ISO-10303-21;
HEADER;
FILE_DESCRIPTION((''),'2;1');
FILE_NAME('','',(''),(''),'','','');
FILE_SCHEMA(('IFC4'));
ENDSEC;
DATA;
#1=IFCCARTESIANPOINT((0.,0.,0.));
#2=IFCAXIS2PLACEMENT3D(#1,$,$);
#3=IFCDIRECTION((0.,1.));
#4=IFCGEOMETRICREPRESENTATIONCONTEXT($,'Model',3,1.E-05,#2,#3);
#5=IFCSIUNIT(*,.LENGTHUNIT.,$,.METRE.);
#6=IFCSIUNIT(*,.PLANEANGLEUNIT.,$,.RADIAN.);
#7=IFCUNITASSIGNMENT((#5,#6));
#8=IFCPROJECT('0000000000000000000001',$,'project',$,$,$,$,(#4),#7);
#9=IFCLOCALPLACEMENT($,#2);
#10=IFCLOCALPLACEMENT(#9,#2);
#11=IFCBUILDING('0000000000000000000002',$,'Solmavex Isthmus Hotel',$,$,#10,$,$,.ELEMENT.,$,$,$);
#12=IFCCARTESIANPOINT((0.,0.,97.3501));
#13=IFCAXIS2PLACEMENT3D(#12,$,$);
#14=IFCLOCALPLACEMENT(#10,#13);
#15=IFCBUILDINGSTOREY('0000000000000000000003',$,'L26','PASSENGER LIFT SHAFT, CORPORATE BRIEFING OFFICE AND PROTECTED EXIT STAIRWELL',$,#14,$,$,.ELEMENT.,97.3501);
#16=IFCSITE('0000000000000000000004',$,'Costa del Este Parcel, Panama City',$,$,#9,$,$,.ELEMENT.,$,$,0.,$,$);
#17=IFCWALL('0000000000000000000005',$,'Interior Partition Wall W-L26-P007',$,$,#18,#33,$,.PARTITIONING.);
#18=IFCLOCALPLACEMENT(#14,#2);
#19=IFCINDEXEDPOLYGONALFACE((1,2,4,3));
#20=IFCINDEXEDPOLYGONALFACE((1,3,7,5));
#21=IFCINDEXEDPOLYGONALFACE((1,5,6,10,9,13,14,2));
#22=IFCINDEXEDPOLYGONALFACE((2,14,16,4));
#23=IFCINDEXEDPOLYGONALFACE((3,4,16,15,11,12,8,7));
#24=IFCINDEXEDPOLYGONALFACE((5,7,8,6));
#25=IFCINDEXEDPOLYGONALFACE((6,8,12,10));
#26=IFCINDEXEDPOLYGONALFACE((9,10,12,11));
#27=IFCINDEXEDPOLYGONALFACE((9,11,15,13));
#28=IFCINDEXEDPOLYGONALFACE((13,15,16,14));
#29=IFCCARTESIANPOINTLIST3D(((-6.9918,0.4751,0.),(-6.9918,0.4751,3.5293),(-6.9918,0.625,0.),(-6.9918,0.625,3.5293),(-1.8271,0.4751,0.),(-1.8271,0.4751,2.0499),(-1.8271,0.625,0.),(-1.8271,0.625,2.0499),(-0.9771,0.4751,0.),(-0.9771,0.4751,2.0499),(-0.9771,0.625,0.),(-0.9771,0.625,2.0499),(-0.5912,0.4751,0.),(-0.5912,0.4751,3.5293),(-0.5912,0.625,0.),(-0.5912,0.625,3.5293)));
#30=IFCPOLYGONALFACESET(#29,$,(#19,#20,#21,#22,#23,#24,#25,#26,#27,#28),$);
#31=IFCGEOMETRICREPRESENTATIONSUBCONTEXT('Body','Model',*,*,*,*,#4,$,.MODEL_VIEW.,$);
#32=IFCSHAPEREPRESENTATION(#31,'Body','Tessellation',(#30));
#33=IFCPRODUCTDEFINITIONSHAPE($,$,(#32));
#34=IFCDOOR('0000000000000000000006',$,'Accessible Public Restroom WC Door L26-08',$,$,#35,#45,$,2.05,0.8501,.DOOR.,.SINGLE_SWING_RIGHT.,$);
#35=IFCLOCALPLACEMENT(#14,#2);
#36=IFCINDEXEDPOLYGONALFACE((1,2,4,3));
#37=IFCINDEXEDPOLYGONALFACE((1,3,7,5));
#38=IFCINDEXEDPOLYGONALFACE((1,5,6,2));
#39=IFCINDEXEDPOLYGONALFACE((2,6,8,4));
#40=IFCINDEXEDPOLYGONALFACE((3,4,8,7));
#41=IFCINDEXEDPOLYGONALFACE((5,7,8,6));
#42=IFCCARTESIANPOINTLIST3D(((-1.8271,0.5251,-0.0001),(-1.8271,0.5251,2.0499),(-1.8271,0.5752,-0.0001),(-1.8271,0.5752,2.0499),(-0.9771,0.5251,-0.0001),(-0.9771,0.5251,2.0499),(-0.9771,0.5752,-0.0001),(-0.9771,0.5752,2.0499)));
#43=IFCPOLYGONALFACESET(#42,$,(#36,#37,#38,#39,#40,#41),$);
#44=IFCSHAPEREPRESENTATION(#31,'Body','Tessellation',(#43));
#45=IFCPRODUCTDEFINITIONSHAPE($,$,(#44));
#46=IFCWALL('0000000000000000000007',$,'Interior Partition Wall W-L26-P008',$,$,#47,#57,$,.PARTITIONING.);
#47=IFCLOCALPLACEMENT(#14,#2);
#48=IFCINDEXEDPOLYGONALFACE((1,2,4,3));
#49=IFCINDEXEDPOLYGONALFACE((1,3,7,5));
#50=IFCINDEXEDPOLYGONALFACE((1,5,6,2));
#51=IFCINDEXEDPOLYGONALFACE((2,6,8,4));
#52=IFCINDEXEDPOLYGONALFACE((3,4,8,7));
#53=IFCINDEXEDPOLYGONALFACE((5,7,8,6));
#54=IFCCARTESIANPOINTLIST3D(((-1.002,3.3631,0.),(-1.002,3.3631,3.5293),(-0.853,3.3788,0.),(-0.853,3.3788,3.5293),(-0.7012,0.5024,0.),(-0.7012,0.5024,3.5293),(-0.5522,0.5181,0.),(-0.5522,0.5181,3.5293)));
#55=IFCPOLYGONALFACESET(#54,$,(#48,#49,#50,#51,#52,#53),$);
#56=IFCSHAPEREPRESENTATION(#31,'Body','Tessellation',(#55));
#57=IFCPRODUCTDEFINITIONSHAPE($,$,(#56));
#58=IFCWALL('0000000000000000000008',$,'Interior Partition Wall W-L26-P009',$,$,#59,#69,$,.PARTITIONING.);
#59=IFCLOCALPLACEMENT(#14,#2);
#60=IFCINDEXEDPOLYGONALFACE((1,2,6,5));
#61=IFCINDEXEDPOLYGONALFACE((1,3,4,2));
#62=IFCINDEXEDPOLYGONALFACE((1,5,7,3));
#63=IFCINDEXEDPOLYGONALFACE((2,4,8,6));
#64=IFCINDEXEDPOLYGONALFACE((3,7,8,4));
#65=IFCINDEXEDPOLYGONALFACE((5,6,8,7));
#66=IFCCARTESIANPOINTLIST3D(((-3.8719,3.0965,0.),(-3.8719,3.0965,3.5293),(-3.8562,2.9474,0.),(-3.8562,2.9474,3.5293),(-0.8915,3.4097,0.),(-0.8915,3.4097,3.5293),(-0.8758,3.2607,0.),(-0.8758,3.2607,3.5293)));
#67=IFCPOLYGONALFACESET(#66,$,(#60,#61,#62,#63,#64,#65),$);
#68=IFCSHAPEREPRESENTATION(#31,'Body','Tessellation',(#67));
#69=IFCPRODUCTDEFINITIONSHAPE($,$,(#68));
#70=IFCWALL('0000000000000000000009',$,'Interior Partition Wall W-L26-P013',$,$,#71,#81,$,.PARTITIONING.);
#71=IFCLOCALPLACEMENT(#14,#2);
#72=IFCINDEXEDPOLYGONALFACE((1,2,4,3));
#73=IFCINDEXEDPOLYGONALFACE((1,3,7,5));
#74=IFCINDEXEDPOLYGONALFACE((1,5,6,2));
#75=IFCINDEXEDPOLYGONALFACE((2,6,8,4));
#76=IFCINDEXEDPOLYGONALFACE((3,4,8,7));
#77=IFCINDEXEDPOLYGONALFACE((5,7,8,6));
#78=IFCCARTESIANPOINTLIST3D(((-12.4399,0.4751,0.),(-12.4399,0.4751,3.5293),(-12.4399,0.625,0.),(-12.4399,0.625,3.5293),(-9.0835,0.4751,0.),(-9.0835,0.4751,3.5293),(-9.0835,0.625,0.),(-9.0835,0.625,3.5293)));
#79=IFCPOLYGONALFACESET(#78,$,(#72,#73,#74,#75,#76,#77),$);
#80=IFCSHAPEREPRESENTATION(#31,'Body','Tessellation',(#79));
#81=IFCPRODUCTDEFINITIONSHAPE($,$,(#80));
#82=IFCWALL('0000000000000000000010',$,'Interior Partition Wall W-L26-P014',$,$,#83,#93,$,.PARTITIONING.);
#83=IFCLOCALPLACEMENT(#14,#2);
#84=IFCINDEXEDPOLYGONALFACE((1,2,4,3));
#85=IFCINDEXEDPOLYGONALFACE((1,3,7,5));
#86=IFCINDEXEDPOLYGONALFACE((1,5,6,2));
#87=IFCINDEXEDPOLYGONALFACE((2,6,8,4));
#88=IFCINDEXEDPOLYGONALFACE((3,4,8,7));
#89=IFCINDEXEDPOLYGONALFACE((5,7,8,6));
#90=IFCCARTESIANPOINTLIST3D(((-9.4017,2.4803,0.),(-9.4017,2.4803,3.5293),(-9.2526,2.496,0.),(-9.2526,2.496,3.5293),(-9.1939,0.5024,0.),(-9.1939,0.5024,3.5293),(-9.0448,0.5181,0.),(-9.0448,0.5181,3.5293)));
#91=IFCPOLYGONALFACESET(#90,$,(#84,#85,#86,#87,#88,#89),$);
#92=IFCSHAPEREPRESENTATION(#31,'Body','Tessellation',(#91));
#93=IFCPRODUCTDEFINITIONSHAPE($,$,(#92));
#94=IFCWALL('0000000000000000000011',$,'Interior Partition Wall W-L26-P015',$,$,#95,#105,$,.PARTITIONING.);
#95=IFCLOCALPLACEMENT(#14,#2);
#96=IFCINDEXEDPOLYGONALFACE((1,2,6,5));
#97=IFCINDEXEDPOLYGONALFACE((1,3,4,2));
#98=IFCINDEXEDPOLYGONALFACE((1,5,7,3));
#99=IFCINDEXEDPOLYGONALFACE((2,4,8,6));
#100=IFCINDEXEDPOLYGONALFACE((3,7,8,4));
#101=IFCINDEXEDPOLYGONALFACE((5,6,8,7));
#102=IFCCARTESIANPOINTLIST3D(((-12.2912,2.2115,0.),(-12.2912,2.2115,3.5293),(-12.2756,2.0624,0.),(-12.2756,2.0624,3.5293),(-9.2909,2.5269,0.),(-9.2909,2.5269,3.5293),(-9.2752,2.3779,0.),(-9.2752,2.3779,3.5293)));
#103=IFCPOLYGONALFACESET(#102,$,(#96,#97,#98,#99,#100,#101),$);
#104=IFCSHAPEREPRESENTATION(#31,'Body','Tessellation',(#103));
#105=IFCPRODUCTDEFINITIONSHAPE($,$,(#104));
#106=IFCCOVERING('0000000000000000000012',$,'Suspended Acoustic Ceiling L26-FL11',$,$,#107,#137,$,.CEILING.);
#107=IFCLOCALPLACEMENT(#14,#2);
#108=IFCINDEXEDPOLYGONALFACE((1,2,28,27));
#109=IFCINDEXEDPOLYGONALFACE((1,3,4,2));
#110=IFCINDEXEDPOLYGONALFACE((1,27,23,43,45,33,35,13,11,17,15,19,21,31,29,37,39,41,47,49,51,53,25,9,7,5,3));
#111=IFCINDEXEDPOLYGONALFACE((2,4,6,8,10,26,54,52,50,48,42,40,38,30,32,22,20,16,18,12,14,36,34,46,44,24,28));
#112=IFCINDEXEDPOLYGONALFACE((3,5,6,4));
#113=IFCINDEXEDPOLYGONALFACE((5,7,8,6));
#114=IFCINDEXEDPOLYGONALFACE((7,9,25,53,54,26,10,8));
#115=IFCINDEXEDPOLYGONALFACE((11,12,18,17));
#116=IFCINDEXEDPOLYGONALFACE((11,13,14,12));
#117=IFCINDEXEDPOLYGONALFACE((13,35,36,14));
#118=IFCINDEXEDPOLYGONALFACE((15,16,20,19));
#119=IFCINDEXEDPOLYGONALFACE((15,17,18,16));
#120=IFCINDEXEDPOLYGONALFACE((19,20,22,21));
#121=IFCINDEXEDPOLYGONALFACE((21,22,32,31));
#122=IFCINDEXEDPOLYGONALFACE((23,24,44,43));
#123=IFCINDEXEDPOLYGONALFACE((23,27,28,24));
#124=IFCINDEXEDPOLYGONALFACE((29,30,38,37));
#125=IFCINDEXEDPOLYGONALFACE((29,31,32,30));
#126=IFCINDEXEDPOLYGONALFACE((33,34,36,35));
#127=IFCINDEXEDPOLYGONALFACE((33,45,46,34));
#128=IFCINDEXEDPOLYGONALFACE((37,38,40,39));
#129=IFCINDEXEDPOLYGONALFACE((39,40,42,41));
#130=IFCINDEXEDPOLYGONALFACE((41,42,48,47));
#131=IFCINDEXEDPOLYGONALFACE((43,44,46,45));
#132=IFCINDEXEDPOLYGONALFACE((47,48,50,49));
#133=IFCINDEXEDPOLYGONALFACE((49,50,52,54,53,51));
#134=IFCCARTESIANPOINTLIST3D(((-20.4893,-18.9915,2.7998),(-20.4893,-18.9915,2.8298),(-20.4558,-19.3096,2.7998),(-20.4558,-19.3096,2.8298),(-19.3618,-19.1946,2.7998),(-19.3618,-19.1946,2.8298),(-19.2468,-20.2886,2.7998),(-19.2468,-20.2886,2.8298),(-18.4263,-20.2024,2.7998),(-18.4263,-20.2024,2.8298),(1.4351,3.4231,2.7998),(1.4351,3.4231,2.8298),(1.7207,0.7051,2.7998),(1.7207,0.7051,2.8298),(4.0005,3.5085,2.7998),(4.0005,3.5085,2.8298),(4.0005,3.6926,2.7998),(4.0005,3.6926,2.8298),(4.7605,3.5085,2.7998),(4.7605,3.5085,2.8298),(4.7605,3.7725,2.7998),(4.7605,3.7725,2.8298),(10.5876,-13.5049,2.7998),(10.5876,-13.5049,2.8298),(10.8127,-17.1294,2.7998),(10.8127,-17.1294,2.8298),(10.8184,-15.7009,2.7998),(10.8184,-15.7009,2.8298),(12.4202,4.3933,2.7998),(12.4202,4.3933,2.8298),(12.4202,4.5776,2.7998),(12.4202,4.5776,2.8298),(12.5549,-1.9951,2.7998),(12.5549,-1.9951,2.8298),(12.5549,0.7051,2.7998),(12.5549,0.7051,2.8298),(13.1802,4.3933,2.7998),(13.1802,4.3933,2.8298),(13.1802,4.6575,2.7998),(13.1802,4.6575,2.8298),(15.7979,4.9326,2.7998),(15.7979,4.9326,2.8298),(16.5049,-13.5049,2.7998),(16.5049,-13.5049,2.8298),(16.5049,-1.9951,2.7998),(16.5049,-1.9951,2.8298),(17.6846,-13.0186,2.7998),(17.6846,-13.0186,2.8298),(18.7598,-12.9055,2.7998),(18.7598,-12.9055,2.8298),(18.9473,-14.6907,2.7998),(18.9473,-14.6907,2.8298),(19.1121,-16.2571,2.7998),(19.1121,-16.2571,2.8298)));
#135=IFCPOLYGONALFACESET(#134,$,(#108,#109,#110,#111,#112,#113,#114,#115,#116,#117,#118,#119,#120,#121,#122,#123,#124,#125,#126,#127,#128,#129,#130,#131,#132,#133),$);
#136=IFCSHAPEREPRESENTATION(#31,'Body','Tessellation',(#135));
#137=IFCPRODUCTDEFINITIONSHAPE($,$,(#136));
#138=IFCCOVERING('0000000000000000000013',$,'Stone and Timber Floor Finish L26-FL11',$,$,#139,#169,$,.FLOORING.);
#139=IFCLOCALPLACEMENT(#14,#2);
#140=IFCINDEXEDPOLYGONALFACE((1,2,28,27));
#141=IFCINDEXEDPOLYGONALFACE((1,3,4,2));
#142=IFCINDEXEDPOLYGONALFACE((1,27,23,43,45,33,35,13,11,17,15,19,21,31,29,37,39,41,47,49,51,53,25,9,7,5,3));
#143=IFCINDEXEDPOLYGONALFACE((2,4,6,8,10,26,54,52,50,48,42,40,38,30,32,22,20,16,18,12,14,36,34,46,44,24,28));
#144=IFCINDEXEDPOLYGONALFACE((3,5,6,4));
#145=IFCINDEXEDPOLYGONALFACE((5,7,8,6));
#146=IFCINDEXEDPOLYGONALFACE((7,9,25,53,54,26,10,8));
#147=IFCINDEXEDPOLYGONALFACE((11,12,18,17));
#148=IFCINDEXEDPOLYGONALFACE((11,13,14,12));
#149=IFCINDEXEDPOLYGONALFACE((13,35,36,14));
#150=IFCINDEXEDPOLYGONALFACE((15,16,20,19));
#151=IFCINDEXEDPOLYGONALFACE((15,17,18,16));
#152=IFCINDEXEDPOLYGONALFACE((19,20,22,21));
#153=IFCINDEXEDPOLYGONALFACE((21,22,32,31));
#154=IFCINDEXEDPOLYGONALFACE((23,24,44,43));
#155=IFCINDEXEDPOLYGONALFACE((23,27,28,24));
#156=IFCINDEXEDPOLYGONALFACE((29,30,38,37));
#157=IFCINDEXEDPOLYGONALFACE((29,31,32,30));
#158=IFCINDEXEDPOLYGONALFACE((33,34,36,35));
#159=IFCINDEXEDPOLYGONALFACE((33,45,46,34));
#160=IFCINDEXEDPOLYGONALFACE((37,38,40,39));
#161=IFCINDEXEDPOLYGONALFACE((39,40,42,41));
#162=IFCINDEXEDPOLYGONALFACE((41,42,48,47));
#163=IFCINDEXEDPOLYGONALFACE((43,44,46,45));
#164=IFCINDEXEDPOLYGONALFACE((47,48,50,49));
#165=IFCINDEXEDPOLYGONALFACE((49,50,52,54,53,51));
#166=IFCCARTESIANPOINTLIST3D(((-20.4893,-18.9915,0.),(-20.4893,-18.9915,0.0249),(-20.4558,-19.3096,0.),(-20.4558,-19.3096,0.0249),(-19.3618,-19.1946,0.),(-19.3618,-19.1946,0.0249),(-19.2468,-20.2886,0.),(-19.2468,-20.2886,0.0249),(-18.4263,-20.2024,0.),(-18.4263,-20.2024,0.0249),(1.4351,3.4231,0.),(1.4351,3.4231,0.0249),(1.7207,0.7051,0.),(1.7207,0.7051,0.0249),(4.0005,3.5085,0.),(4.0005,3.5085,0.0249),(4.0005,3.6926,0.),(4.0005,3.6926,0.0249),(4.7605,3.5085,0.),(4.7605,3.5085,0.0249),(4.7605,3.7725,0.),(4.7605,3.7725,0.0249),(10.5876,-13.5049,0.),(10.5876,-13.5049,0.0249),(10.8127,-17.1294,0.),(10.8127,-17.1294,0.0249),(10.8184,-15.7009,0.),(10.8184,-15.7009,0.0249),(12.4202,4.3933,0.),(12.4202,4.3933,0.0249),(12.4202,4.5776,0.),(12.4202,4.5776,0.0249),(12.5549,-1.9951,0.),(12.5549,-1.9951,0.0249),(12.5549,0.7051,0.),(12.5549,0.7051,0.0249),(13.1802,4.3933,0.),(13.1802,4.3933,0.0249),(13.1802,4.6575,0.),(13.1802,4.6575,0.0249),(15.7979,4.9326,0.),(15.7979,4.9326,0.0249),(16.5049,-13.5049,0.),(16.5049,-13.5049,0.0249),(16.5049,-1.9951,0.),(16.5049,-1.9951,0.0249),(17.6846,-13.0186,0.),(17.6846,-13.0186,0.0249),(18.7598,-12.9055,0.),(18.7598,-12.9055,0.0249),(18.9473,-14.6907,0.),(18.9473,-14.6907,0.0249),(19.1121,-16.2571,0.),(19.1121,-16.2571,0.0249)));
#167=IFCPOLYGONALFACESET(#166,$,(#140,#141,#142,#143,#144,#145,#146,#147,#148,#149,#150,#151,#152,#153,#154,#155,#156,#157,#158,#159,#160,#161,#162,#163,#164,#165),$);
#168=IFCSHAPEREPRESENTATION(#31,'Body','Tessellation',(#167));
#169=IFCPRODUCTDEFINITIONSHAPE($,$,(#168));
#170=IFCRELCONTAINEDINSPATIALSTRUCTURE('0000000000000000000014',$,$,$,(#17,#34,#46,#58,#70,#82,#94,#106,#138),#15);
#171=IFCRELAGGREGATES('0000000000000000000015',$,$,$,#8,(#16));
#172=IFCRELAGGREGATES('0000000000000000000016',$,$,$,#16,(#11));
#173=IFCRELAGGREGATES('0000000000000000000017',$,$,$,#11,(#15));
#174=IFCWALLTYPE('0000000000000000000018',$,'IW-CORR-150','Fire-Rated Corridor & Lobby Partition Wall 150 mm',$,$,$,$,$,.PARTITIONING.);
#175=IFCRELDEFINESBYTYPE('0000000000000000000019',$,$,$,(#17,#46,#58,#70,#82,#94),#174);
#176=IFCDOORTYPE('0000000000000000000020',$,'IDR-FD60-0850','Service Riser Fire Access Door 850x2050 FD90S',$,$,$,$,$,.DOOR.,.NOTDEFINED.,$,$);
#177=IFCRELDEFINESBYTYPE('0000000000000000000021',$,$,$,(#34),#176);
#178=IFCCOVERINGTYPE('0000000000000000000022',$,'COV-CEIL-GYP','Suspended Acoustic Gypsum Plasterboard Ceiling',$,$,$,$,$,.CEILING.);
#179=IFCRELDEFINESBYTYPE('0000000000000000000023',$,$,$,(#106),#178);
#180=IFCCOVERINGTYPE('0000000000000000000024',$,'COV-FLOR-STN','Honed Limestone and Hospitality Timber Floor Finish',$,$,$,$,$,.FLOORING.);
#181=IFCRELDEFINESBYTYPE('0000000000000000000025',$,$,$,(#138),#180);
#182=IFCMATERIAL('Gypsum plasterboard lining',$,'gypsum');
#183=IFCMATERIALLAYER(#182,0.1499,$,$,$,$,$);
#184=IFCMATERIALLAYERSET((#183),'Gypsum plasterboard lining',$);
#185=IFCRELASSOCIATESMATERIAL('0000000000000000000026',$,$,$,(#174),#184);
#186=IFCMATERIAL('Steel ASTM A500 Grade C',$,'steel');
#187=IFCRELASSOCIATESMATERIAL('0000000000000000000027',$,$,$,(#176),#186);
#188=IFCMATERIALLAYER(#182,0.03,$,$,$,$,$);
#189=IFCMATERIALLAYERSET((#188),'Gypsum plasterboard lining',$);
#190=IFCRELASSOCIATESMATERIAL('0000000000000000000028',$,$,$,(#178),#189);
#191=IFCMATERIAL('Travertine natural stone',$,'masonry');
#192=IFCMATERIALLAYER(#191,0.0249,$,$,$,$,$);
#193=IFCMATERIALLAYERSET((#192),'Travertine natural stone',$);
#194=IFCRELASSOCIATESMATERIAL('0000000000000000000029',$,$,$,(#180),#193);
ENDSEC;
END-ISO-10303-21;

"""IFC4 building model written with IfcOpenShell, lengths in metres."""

from ifc_helpers import new_model, si_unit, direction, frame, frame_2d, origin, place, context, subcontext, project, spatial, polyline, rectangle, outline, extrude, material, layer, layer_set, type_object, element, fill, save


model = new_model("IFC4")

# Units and contexts
model_context = context("Model", 3, precision=1e-05, world=origin(), true_north=direction((0.0, 1.0)))
body_context = subcontext(model_context, "Body", "Model", "MODEL_VIEW")
ifc_project = project(units=[si_unit("LENGTHUNIT", "METRE"), si_unit("PLANEANGLEUNIT", "RADIAN")], contexts=[model_context])

# Site, building, storey
site_placement = place(None, origin())
site = spatial("IfcSite", under=ifc_project, at=site_placement, Name="Costa del Este Parcel, Panama City", CompositionType="ELEMENT", RefElevation=0.0)
building_placement = place(site_placement, origin())
building = spatial("IfcBuilding", under=site, at=building_placement, Name="Solmavex Isthmus Hotel", CompositionType="ELEMENT")
storey_placement = place(building_placement, frame((0.0, 0.0, 97.3501)))
storey = spatial("IfcBuildingStorey", under=building, at=storey_placement, Name="L26", Description="PASSENGER LIFT SHAFT, CORPORATE BRIEFING OFFICE AND PROTECTED EXIT STAIRWELL", CompositionType="ELEMENT", Elevation=97.3501)

# Shared definitions
ifc_material_1 = material(Name="Gypsum plasterboard lining", Category="gypsum")
ifc_layer_1 = layer(ifc_material_1, 0.1499)
ifc_layer_set_1 = layer_set([ifc_layer_1], Name="Gypsum plasterboard lining")
wall_type = type_object("IfcWallType", Name="IW-CORR-150", Description="Fire-Rated Corridor & Lobby Partition Wall 150 mm", PredefinedType="PARTITIONING", material=ifc_layer_set_1)

# Wall, opening, door
wall_1_placement = place(storey_placement, frame((-6.9917, 0.55, 0.0), z_axis=(0.0, 0.0, 1.0), x_axis=(1.0, 0.0, 0.0)))
wall_1 = element("IfcWall", 1, at=wall_1_placement, inside=storey, type_object=wall_type, Name="Interior Partition Wall W-L26-P007", PredefinedType="PARTITIONING", context=body_context, shape_type="SweptSolid", body=[
    extrude(rectangle(XDim=6.4006, YDim=0.1499, at=frame_2d((3.2002, 0.0))), origin(), (0.0, 0.0, 1.0), 3.5293),
])
opening_1_placement = place(wall_1_placement, frame((5.1646, 0.0, 0.0)))
opening_1 = element("IfcOpeningElement", 2, at=opening_1_placement, cuts=wall_1, PredefinedType="OPENING", context=body_context, shape_type="SweptSolid", body=[
    extrude(rectangle(XDim=0.8501, YDim=2.05, at=frame_2d((0.425, 1.0249))), frame((0.0, 0.085, 0.0), z_axis=(0.0, -1.0, 0.0), x_axis=(1.0, 0.0, 0.0)), (0.0, 0.0, 1.0), 0.1699),
])
ifc_material_2 = material(Name="Steel ASTM A500 Grade C", Category="steel")
door_type_1 = type_object("IfcDoorType", Name="IDR-FD60-0850", Description="Service Riser Fire Access Door 850x2050 FD90S", OperationType="NOTDEFINED", PredefinedType="DOOR", material=ifc_material_2)
door_1_placement = place(opening_1_placement, frame((0.8501, 0.0, 0.0), z_axis=(0.0, 0.0, 1.0), x_axis=(-1.0, 0.0, 0.0)))
door_1 = element("IfcDoor", 3, at=door_1_placement, inside=storey, type_object=door_type_1, Name="Accessible Public Restroom WC Door L26-08", OperationType="SINGLE_SWING_RIGHT", OverallHeight=2.05, OverallWidth=0.8501, PredefinedType="DOOR", context=body_context, shape_type="SweptSolid", body=[
    extrude(rectangle(XDim=0.8501, YDim=2.05, at=frame_2d((0.425, 1.0249))), frame((0.0, 0.0249, 0.0), z_axis=(0.0, -1.0, 0.0), x_axis=(1.0, 0.0, 0.0)), (0.0, 0.0, 1.0), 0.05),
])
fill(opening_1, door_1)

# Walls
wall_2_placement = place(storey_placement, frame((-0.6267, 0.5103, 0.0), z_axis=(0.0, 0.0, 1.0), x_axis=(-0.10457, 0.994518, 0.0)))
element("IfcWall", 4, at=wall_2_placement, inside=storey, type_object=wall_type, Name="Interior Partition Wall W-L26-P008", PredefinedType="PARTITIONING", context=body_context, shape_type="SweptSolid", body=[
    extrude(rectangle(XDim=2.8765, YDim=0.1499, at=frame_2d((1.4382, 0.0))), origin(), (0.0, 0.0, 1.0), 3.5293),
])
wall_3_placement = place(storey_placement, frame((-0.8835, 3.3352, 0.0), z_axis=(0.0, 0.0, 1.0), x_axis=(-0.994523, -0.104519, 0.0)))
element("IfcWall", 5, at=wall_3_placement, inside=storey, type_object=wall_type, Name="Interior Partition Wall W-L26-P009", PredefinedType="PARTITIONING", context=body_context, shape_type="SweptSolid", body=[
    extrude(rectangle(XDim=2.9968, YDim=0.1499, at=frame_2d((1.4985, 0.0))), origin(), (0.0, 0.0, 1.0), 3.5293),
])
wall_4_placement = place(storey_placement, frame((-12.4399, 0.55, 0.0), z_axis=(0.0, 0.0, 1.0), x_axis=(1.0, 0.0, 0.0)))
element("IfcWall", 6, at=wall_4_placement, inside=storey, type_object=wall_type, Name="Interior Partition Wall W-L26-P013", PredefinedType="PARTITIONING", context=body_context, shape_type="SweptSolid", body=[
    extrude(rectangle(XDim=3.3564, YDim=0.1499, at=frame_2d((1.6782, 0.0))), origin(), (0.0, 0.0, 1.0), 3.5293),
])
wall_5_placement = place(storey_placement, frame((-9.1194, 0.5103, 0.0), z_axis=(0.0, 0.0, 1.0), x_axis=(-0.104474, 0.994528, 0.0)))
element("IfcWall", 7, at=wall_5_placement, inside=storey, type_object=wall_type, Name="Interior Partition Wall W-L26-P014", PredefinedType="PARTITIONING", context=body_context, shape_type="SweptSolid", body=[
    extrude(rectangle(XDim=1.9888, YDim=0.1499, at=frame_2d((0.9944, 0.0))), origin(), (0.0, 0.0, 1.0), 3.5293),
])
wall_6_placement = place(storey_placement, frame((-9.2832, 2.4524, 0.0), z_axis=(0.0, 0.0, 1.0), x_axis=(-0.994519, -0.104558, 0.0)))
element("IfcWall", 8, at=wall_6_placement, inside=storey, type_object=wall_type, Name="Interior Partition Wall W-L26-P015", PredefinedType="PARTITIONING", context=body_context, shape_type="SweptSolid", body=[
    extrude(rectangle(XDim=3.0168, YDim=0.1499, at=frame_2d((1.5083, 0.0))), origin(), (0.0, 0.0, 1.0), 3.5293),
])

# Coverings
ifc_layer_2 = layer(ifc_material_1, 0.03)
ifc_layer_set_2 = layer_set([ifc_layer_2], Name="Gypsum plasterboard lining")
covering_type_1 = type_object("IfcCoveringType", Name="COV-CEIL-GYP", Description="Suspended Acoustic Gypsum Plasterboard Ceiling", PredefinedType="CEILING", material=ifc_layer_set_2)
covering_1_placement = place(storey_placement, frame((0.0, 0.0, 2.7998)))
element("IfcCovering", 9, at=covering_1_placement, inside=storey, type_object=covering_type_1, Name="Suspended Acoustic Ceiling L26-FL11", PredefinedType="CEILING", context=body_context, shape_type="SweptSolid", body=[
    extrude(outline(polyline([(4.7605, 3.7725), (4.7605, 3.5085), (4.0005, 3.5085), (4.0005, 3.6926), (1.4351, 3.4231), (1.7207, 0.7051), (12.5549, 0.7051), (12.5549, -1.9951), (16.5049, -1.9951), (16.5049, -13.5049), (10.5876, -13.5049), (10.8184, -15.7009), (-20.4893, -18.9915), (-20.4558, -19.3096), (-19.3618, -19.1946), (-19.2468, -20.2886), (-18.4263, -20.2024), (10.8127, -17.1294), (19.1121, -16.2571), (18.9473, -14.6907), (18.7598, -12.9055), (17.6846, -13.0186), (15.7979, 4.9326), (13.1802, 4.6575), (13.1802, 4.3933), (12.4202, 4.3933), (12.4202, 4.5776), (4.7605, 3.7725)])), origin(), (0.0, 0.0, 1.0), 0.03),
])
ifc_material_3 = material(Name="Travertine natural stone", Category="masonry")
ifc_layer_3 = layer(ifc_material_3, 0.0249)
ifc_layer_set_3 = layer_set([ifc_layer_3], Name="Travertine natural stone")
covering_type_2 = type_object("IfcCoveringType", Name="COV-FLOR-STN", Description="Honed Limestone and Hospitality Timber Floor Finish", PredefinedType="FLOORING", material=ifc_layer_set_3)
covering_2_placement = place(storey_placement, origin())
element("IfcCovering", 10, at=covering_2_placement, inside=storey, type_object=covering_type_2, Name="Stone and Timber Floor Finish L26-FL11", PredefinedType="FLOORING", context=body_context, shape_type="SweptSolid", body=[
    extrude(outline(polyline([(4.7605, 3.7725), (4.7605, 3.5085), (4.0005, 3.5085), (4.0005, 3.6926), (1.4351, 3.4231), (1.7207, 0.7051), (12.5549, 0.7051), (12.5549, -1.9951), (16.5049, -1.9951), (16.5049, -13.5049), (10.5876, -13.5049), (10.8184, -15.7009), (-20.4893, -18.9915), (-20.4558, -19.3096), (-19.3618, -19.1946), (-19.2468, -20.2886), (-18.4263, -20.2024), (10.8127, -17.1294), (19.1121, -16.2571), (18.9473, -14.6907), (18.7598, -12.9055), (17.6846, -13.0186), (15.7979, 4.9326), (13.1802, 4.6575), (13.1802, 4.3933), (12.4202, 4.3933), (12.4202, 4.5776), (4.7605, 3.7725)])), origin(), (0.0, 0.0, 1.0), 0.0249),
])

save(model, "model.ifc")
